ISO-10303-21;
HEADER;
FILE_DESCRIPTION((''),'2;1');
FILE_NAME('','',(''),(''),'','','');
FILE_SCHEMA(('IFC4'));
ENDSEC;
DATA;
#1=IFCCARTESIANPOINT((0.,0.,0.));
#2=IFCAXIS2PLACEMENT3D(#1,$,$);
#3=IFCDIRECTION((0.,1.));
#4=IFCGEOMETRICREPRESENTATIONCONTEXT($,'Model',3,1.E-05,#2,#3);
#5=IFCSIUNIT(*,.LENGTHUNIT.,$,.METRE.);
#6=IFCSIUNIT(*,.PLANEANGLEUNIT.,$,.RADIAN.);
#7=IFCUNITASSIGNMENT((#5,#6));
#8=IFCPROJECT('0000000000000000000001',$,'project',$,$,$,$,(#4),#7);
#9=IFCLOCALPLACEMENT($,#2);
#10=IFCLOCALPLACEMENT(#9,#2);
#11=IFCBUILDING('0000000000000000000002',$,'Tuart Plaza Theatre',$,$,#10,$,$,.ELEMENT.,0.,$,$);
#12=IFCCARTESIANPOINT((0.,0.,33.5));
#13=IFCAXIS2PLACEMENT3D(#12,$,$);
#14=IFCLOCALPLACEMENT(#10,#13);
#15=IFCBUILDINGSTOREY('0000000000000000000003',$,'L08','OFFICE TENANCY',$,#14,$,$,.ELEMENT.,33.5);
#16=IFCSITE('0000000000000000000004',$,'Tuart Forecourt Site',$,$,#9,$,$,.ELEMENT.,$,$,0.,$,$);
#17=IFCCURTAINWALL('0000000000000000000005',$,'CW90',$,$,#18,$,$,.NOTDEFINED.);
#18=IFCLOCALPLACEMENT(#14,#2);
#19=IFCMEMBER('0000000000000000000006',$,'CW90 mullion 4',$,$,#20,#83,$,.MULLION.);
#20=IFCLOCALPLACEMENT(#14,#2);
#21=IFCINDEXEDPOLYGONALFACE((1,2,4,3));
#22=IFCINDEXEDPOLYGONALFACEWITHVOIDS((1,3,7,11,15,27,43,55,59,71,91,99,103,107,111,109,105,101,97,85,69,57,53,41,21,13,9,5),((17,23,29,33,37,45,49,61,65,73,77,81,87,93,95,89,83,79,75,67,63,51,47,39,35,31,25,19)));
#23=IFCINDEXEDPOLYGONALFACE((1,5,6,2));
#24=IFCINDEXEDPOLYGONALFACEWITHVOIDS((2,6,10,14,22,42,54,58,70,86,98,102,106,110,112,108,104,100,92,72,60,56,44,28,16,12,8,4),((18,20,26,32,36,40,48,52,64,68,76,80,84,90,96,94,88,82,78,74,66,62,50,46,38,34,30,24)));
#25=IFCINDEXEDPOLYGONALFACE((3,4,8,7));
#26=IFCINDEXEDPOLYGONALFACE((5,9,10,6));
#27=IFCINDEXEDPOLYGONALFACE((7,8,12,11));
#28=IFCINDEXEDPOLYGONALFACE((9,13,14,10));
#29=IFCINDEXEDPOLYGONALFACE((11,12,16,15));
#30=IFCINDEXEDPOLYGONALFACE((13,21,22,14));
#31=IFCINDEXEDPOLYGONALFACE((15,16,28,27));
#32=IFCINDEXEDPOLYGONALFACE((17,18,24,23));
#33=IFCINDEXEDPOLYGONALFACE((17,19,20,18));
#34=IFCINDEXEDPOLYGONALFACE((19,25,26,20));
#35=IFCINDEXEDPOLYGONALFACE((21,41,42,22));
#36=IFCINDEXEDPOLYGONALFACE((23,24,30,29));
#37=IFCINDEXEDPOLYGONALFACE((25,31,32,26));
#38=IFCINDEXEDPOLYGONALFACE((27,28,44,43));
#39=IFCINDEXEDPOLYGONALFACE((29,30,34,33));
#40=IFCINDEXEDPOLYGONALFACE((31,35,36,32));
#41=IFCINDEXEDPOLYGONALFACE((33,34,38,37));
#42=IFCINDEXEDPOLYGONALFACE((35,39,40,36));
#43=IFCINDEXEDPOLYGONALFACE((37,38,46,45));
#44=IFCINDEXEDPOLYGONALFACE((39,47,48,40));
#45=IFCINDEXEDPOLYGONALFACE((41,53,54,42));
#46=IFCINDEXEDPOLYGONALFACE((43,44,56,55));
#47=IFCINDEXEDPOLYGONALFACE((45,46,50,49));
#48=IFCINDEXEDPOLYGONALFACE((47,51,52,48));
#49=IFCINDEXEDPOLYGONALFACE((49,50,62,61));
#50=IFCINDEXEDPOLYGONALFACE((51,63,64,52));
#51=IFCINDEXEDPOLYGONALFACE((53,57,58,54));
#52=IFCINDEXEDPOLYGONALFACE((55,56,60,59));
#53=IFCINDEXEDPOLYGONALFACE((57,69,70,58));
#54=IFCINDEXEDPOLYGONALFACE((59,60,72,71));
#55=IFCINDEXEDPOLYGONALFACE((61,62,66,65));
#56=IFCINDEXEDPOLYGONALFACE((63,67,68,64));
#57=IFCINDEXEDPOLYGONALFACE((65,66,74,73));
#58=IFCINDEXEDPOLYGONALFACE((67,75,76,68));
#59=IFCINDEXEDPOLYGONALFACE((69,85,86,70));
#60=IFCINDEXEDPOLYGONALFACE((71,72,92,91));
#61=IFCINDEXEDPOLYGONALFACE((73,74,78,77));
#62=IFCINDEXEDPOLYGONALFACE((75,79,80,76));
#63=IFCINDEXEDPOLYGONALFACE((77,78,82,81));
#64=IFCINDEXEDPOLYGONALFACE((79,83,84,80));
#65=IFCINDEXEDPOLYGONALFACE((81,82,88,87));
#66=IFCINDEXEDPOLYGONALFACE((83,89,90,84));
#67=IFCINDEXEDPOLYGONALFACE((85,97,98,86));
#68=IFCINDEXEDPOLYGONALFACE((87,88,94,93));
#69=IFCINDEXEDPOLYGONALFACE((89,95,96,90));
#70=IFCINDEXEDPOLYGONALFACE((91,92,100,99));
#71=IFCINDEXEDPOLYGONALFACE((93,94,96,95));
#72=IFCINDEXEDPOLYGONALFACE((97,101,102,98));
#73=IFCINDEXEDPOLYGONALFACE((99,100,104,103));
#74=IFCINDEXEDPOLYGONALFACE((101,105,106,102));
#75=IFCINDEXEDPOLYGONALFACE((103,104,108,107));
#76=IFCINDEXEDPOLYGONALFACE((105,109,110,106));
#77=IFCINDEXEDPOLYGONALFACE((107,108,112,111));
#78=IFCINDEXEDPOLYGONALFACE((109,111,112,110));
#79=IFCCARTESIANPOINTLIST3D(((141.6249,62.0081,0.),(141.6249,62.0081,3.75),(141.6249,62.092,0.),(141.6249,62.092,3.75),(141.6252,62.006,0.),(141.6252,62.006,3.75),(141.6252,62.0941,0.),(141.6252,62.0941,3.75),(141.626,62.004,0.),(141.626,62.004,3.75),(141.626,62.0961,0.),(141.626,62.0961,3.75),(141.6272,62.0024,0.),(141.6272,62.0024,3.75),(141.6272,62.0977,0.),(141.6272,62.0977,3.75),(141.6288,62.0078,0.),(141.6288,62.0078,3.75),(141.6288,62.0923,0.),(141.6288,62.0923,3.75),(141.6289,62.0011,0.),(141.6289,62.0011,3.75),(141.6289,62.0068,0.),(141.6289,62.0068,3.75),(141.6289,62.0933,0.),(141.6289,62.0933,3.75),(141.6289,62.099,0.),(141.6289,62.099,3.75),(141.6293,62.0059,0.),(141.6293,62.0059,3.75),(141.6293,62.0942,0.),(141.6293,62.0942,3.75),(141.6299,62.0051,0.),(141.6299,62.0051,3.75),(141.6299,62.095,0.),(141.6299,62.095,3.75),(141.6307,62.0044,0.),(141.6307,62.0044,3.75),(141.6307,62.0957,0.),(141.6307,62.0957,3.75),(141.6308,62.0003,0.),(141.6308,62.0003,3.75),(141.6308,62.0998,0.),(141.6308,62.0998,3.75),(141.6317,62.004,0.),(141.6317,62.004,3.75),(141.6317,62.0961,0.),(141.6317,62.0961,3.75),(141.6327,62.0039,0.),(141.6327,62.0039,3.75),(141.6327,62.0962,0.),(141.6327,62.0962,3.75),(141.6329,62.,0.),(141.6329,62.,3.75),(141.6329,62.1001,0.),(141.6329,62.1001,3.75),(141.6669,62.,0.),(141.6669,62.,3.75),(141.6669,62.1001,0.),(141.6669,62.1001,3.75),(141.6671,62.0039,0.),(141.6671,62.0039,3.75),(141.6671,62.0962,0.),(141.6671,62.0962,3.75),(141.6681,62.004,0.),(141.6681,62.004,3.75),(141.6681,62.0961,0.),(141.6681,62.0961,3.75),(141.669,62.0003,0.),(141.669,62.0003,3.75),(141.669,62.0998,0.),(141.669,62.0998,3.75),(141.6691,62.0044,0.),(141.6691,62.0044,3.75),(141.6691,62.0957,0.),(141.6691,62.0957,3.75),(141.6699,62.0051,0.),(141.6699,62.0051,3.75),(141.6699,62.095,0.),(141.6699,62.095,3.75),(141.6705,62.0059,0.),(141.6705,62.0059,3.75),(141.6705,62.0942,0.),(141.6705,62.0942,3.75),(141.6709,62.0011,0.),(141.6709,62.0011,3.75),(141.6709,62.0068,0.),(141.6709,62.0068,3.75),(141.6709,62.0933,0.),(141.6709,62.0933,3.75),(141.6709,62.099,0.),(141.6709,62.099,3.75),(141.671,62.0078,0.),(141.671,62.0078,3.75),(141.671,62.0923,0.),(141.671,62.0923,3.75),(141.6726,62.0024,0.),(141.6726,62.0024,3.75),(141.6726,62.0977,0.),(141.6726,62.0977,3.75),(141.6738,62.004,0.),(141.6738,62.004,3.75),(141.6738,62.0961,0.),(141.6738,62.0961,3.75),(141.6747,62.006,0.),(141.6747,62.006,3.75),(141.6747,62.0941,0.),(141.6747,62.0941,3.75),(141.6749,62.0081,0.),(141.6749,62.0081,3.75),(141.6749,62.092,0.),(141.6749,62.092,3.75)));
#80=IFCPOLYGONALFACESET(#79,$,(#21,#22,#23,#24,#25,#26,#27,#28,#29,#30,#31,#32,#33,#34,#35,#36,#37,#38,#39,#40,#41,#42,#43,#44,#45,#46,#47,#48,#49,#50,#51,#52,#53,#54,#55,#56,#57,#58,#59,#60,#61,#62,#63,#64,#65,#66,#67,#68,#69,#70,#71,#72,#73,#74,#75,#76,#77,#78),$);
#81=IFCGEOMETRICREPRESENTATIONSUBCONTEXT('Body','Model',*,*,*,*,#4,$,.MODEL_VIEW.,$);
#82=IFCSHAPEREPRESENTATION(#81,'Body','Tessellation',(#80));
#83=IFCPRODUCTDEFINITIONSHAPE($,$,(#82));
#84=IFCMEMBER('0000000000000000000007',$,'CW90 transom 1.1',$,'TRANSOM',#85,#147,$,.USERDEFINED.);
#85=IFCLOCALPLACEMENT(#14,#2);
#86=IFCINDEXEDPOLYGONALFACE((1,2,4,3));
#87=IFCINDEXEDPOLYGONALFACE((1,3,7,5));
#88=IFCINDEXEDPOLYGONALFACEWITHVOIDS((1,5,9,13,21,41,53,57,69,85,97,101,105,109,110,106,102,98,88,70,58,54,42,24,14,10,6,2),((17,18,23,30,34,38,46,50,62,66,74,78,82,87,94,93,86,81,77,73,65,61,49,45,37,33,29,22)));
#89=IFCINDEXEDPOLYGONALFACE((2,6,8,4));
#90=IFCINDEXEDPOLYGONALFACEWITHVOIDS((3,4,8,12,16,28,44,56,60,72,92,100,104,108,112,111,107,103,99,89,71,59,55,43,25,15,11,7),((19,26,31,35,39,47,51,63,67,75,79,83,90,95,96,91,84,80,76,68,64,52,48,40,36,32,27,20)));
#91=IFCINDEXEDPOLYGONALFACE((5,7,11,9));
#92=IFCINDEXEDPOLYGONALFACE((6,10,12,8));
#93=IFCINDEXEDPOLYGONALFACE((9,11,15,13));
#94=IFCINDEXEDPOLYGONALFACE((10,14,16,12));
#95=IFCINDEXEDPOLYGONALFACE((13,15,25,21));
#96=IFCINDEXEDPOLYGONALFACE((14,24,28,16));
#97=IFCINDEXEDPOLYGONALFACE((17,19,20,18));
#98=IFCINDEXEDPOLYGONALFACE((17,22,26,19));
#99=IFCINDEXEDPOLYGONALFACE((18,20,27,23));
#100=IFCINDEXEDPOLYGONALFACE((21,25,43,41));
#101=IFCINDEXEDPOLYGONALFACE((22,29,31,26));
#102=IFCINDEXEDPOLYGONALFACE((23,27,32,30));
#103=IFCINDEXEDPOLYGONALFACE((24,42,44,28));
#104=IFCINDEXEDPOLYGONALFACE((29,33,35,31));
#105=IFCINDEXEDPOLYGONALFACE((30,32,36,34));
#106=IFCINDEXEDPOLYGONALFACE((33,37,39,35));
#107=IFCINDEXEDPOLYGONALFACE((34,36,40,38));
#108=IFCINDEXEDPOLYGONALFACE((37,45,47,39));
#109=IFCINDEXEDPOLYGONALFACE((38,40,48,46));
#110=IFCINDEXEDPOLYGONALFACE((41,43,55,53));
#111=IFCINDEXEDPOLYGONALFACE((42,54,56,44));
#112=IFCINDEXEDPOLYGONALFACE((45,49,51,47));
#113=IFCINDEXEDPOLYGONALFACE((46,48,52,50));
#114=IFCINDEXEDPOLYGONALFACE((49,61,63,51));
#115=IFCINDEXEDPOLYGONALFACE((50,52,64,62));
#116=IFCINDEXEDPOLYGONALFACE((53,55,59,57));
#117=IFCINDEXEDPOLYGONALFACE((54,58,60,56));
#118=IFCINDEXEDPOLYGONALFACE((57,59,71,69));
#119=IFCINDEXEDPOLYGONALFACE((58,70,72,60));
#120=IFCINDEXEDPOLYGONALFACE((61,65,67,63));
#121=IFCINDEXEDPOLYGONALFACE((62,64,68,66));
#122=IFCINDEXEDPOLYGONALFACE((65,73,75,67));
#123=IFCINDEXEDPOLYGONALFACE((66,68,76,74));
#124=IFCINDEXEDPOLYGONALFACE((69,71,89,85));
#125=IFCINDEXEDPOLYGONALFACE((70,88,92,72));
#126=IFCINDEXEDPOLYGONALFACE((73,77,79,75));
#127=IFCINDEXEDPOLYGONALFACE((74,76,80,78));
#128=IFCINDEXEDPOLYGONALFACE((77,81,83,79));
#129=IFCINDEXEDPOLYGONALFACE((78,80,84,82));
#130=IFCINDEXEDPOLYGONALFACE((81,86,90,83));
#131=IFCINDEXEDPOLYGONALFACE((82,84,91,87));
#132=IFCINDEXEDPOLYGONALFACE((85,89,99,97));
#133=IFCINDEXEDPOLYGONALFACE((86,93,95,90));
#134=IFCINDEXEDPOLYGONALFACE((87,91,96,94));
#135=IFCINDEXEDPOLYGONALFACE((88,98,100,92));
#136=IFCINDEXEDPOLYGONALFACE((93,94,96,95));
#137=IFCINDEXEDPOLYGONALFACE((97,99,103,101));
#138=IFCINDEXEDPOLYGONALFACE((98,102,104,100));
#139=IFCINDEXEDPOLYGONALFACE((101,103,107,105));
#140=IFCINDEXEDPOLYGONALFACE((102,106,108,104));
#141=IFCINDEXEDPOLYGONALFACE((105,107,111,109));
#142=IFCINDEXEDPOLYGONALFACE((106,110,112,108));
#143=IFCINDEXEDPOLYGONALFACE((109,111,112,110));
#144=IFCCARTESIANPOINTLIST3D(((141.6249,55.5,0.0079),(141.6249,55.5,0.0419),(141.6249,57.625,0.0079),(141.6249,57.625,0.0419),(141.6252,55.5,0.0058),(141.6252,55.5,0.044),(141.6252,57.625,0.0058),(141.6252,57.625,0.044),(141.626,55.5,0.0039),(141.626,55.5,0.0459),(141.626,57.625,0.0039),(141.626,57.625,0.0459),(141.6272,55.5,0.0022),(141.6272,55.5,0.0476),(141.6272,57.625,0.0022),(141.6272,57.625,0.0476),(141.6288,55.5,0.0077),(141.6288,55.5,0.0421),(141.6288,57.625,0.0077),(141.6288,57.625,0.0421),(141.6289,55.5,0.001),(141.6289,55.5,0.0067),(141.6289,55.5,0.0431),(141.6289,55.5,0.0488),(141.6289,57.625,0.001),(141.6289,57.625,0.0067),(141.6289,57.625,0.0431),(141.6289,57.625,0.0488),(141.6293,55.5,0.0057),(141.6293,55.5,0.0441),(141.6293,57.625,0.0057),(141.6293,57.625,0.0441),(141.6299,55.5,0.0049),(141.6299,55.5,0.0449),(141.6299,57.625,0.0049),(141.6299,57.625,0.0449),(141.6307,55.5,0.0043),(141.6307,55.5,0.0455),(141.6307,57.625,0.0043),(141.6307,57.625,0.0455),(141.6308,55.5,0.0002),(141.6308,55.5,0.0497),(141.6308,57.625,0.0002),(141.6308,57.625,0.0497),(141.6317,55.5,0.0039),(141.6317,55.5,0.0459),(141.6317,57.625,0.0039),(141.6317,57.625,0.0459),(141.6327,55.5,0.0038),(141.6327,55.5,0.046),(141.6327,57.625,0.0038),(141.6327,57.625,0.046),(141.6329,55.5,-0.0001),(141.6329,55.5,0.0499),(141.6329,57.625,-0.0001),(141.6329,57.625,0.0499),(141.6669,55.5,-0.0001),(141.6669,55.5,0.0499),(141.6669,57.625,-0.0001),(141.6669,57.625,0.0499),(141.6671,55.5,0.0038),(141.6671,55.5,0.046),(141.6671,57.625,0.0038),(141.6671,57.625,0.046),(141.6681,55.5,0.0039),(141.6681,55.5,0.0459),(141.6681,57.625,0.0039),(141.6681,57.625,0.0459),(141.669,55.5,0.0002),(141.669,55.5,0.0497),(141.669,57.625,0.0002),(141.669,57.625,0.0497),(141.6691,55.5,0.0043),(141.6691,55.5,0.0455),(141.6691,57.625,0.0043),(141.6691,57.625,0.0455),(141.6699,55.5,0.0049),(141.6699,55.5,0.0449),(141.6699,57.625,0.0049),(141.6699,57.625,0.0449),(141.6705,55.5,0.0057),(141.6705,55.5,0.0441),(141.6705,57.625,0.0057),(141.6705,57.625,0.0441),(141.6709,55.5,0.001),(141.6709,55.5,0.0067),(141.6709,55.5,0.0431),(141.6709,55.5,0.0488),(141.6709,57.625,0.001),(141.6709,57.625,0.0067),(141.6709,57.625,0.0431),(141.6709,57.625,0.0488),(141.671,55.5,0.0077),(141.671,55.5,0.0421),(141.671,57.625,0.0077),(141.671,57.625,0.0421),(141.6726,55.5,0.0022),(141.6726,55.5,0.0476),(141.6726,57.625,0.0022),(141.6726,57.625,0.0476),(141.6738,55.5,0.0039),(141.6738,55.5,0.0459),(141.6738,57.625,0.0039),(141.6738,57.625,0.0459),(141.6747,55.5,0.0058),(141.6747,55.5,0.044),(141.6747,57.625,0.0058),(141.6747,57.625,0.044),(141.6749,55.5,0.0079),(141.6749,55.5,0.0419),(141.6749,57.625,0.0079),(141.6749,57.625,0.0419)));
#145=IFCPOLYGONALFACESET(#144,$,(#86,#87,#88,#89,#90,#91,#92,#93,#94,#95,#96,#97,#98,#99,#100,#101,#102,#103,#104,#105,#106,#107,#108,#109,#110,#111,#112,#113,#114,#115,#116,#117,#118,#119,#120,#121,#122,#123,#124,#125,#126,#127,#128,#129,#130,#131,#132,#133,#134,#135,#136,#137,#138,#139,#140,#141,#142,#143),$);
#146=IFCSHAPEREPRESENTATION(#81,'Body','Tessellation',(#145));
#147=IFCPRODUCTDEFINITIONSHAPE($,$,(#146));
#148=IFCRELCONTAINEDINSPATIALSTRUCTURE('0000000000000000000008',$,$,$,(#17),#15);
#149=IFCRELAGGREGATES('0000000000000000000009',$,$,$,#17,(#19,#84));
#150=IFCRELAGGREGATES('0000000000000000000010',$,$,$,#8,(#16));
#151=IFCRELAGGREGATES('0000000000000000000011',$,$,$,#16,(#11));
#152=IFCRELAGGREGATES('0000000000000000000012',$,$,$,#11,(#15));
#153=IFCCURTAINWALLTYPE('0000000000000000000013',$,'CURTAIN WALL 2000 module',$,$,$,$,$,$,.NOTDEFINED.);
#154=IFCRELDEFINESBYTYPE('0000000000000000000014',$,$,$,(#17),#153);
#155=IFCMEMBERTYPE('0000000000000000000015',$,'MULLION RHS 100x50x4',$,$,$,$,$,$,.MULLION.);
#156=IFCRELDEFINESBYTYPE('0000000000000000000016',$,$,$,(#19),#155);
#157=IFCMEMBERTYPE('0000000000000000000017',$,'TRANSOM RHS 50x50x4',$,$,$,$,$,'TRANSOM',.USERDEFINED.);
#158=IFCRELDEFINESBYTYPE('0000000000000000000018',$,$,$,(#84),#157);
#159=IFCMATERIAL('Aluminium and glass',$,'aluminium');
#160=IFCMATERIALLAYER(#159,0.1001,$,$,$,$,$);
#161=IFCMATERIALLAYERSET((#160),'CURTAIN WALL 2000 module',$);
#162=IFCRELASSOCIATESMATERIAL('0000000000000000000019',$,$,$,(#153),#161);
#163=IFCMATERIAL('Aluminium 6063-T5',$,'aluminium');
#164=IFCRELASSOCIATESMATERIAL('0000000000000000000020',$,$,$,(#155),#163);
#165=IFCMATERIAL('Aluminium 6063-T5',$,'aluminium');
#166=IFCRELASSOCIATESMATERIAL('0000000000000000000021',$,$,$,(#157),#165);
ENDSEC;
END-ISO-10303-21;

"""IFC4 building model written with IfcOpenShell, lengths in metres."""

from ifc_helpers import new_model, si_unit, direction, frame, origin, origin_2d, place, context, subcontext, project, spatial, hollow_rectangle, extrude, material, layer, layer_set, material_profile, profile_set, type_object, element, aggregate, save


model = new_model("IFC4")

# Units and contexts
model_context = context("Model", 3, precision=1e-05, world=origin(), true_north=direction((0.0, 1.0)))
body_context = subcontext(model_context, "Body", "Model", "MODEL_VIEW")
ifc_project = project(units=[si_unit("LENGTHUNIT", "METRE"), si_unit("PLANEANGLEUNIT", "RADIAN")], contexts=[model_context])

# Site, building, storey
site_placement = place(None, origin())
site = spatial("IfcSite", under=ifc_project, at=site_placement, Name="Tuart Forecourt Site", CompositionType="ELEMENT", RefElevation=0.0)
building_placement = place(site_placement, origin())
building = spatial("IfcBuilding", under=site, at=building_placement, Name="Tuart Plaza Theatre", CompositionType="ELEMENT", ElevationOfRefHeight=0.0)
storey_placement = place(building_placement, frame((0.0, 0.0, 33.5)))
storey = spatial("IfcBuildingStorey", under=building, at=storey_placement, Name="L08", Description="OFFICE TENANCY", CompositionType="ELEMENT", Elevation=33.5)

# Shared definitions
ifc_material_1 = material(Name="Aluminium and glass", Category="aluminium")
ifc_layer_1 = layer(ifc_material_1, 0.1001)
ifc_layer_set_1 = layer_set([ifc_layer_1], Name="CURTAIN WALL 2000 module")
curtain_wall_type = type_object("IfcCurtainWallType", Name="CURTAIN WALL 2000 module", PredefinedType="NOTDEFINED", material=ifc_layer_set_1)
ifc_material_2 = material(Name="Aluminium 6063-T5", Category="aluminium")
ifc_material_profile_1 = material_profile(ifc_material_2, hollow_rectangle(XDim=0.05, YDim=0.1001, WallThickness=0.0039, InnerFilletRadius=0.0039, OuterFilletRadius=0.0081, at=origin_2d()), Name="RHS 100x50x4")
ifc_profile_set_1 = profile_set([ifc_material_profile_1], Name="Aluminium 6063-T5")
member_type_1 = type_object("IfcMemberType", Name="MULLION RHS 100x50x4", PredefinedType="MULLION", material=ifc_profile_set_1)

# Curtain wall, members
curtain_wall_1_placement = place(storey_placement, origin())
curtain_wall_1 = element("IfcCurtainWall", 1, at=curtain_wall_1_placement, inside=storey, type_object=curtain_wall_type, Name="CW90", PredefinedType="NOTDEFINED")
member_1_placement = place(storey_placement, frame((141.6499, 62.05, 0.0), z_axis=(0.0, 0.0, 1.0), x_axis=(-1.0, 0.0, 0.0)))
member_1 = element("IfcMember", 2, at=member_1_placement, type_object=member_type_1, Name="CW90 mullion 4", PredefinedType="MULLION", context=body_context, shape_type="SweptSolid", body=[
    extrude(hollow_rectangle(XDim=0.05, YDim=0.1001, WallThickness=0.0039, InnerFilletRadius=0.0039, OuterFilletRadius=0.0081, at=origin_2d()), origin(), (0.0, 0.0, 1.0), 3.75),
])
ifc_material_3 = material(Name="Aluminium 6063-T5", Category="aluminium")
ifc_material_profile_2 = material_profile(ifc_material_3, hollow_rectangle(XDim=0.05, YDim=0.05, WallThickness=0.0039, InnerFilletRadius=0.0039, OuterFilletRadius=0.0081, at=origin_2d()), Name="RHS 50x50x4")
ifc_profile_set_2 = profile_set([ifc_material_profile_2], Name="Aluminium 6063-T5")
member_type_2 = type_object("IfcMemberType", Name="TRANSOM RHS 50x50x4", ElementType="TRANSOM", PredefinedType="USERDEFINED", material=ifc_profile_set_2)
member_2_placement = place(storey_placement, frame((141.6499, 55.5, 0.0249), z_axis=(0.0, 1.0, 0.0), x_axis=(-1.0, 0.0, 0.0)))
member_2 = element("IfcMember", 3, at=member_2_placement, type_object=member_type_2, Name="CW90 transom 1.1", ObjectType="TRANSOM", PredefinedType="USERDEFINED", context=body_context, shape_type="SweptSolid", body=[
    extrude(hollow_rectangle(XDim=0.05, YDim=0.05, WallThickness=0.0039, InnerFilletRadius=0.0039, OuterFilletRadius=0.0081, at=origin_2d()), origin(), (0.0, 0.0, 1.0), 2.125),
])
aggregate(curtain_wall_1, [member_1, member_2])

save(model, "model.ifc")
